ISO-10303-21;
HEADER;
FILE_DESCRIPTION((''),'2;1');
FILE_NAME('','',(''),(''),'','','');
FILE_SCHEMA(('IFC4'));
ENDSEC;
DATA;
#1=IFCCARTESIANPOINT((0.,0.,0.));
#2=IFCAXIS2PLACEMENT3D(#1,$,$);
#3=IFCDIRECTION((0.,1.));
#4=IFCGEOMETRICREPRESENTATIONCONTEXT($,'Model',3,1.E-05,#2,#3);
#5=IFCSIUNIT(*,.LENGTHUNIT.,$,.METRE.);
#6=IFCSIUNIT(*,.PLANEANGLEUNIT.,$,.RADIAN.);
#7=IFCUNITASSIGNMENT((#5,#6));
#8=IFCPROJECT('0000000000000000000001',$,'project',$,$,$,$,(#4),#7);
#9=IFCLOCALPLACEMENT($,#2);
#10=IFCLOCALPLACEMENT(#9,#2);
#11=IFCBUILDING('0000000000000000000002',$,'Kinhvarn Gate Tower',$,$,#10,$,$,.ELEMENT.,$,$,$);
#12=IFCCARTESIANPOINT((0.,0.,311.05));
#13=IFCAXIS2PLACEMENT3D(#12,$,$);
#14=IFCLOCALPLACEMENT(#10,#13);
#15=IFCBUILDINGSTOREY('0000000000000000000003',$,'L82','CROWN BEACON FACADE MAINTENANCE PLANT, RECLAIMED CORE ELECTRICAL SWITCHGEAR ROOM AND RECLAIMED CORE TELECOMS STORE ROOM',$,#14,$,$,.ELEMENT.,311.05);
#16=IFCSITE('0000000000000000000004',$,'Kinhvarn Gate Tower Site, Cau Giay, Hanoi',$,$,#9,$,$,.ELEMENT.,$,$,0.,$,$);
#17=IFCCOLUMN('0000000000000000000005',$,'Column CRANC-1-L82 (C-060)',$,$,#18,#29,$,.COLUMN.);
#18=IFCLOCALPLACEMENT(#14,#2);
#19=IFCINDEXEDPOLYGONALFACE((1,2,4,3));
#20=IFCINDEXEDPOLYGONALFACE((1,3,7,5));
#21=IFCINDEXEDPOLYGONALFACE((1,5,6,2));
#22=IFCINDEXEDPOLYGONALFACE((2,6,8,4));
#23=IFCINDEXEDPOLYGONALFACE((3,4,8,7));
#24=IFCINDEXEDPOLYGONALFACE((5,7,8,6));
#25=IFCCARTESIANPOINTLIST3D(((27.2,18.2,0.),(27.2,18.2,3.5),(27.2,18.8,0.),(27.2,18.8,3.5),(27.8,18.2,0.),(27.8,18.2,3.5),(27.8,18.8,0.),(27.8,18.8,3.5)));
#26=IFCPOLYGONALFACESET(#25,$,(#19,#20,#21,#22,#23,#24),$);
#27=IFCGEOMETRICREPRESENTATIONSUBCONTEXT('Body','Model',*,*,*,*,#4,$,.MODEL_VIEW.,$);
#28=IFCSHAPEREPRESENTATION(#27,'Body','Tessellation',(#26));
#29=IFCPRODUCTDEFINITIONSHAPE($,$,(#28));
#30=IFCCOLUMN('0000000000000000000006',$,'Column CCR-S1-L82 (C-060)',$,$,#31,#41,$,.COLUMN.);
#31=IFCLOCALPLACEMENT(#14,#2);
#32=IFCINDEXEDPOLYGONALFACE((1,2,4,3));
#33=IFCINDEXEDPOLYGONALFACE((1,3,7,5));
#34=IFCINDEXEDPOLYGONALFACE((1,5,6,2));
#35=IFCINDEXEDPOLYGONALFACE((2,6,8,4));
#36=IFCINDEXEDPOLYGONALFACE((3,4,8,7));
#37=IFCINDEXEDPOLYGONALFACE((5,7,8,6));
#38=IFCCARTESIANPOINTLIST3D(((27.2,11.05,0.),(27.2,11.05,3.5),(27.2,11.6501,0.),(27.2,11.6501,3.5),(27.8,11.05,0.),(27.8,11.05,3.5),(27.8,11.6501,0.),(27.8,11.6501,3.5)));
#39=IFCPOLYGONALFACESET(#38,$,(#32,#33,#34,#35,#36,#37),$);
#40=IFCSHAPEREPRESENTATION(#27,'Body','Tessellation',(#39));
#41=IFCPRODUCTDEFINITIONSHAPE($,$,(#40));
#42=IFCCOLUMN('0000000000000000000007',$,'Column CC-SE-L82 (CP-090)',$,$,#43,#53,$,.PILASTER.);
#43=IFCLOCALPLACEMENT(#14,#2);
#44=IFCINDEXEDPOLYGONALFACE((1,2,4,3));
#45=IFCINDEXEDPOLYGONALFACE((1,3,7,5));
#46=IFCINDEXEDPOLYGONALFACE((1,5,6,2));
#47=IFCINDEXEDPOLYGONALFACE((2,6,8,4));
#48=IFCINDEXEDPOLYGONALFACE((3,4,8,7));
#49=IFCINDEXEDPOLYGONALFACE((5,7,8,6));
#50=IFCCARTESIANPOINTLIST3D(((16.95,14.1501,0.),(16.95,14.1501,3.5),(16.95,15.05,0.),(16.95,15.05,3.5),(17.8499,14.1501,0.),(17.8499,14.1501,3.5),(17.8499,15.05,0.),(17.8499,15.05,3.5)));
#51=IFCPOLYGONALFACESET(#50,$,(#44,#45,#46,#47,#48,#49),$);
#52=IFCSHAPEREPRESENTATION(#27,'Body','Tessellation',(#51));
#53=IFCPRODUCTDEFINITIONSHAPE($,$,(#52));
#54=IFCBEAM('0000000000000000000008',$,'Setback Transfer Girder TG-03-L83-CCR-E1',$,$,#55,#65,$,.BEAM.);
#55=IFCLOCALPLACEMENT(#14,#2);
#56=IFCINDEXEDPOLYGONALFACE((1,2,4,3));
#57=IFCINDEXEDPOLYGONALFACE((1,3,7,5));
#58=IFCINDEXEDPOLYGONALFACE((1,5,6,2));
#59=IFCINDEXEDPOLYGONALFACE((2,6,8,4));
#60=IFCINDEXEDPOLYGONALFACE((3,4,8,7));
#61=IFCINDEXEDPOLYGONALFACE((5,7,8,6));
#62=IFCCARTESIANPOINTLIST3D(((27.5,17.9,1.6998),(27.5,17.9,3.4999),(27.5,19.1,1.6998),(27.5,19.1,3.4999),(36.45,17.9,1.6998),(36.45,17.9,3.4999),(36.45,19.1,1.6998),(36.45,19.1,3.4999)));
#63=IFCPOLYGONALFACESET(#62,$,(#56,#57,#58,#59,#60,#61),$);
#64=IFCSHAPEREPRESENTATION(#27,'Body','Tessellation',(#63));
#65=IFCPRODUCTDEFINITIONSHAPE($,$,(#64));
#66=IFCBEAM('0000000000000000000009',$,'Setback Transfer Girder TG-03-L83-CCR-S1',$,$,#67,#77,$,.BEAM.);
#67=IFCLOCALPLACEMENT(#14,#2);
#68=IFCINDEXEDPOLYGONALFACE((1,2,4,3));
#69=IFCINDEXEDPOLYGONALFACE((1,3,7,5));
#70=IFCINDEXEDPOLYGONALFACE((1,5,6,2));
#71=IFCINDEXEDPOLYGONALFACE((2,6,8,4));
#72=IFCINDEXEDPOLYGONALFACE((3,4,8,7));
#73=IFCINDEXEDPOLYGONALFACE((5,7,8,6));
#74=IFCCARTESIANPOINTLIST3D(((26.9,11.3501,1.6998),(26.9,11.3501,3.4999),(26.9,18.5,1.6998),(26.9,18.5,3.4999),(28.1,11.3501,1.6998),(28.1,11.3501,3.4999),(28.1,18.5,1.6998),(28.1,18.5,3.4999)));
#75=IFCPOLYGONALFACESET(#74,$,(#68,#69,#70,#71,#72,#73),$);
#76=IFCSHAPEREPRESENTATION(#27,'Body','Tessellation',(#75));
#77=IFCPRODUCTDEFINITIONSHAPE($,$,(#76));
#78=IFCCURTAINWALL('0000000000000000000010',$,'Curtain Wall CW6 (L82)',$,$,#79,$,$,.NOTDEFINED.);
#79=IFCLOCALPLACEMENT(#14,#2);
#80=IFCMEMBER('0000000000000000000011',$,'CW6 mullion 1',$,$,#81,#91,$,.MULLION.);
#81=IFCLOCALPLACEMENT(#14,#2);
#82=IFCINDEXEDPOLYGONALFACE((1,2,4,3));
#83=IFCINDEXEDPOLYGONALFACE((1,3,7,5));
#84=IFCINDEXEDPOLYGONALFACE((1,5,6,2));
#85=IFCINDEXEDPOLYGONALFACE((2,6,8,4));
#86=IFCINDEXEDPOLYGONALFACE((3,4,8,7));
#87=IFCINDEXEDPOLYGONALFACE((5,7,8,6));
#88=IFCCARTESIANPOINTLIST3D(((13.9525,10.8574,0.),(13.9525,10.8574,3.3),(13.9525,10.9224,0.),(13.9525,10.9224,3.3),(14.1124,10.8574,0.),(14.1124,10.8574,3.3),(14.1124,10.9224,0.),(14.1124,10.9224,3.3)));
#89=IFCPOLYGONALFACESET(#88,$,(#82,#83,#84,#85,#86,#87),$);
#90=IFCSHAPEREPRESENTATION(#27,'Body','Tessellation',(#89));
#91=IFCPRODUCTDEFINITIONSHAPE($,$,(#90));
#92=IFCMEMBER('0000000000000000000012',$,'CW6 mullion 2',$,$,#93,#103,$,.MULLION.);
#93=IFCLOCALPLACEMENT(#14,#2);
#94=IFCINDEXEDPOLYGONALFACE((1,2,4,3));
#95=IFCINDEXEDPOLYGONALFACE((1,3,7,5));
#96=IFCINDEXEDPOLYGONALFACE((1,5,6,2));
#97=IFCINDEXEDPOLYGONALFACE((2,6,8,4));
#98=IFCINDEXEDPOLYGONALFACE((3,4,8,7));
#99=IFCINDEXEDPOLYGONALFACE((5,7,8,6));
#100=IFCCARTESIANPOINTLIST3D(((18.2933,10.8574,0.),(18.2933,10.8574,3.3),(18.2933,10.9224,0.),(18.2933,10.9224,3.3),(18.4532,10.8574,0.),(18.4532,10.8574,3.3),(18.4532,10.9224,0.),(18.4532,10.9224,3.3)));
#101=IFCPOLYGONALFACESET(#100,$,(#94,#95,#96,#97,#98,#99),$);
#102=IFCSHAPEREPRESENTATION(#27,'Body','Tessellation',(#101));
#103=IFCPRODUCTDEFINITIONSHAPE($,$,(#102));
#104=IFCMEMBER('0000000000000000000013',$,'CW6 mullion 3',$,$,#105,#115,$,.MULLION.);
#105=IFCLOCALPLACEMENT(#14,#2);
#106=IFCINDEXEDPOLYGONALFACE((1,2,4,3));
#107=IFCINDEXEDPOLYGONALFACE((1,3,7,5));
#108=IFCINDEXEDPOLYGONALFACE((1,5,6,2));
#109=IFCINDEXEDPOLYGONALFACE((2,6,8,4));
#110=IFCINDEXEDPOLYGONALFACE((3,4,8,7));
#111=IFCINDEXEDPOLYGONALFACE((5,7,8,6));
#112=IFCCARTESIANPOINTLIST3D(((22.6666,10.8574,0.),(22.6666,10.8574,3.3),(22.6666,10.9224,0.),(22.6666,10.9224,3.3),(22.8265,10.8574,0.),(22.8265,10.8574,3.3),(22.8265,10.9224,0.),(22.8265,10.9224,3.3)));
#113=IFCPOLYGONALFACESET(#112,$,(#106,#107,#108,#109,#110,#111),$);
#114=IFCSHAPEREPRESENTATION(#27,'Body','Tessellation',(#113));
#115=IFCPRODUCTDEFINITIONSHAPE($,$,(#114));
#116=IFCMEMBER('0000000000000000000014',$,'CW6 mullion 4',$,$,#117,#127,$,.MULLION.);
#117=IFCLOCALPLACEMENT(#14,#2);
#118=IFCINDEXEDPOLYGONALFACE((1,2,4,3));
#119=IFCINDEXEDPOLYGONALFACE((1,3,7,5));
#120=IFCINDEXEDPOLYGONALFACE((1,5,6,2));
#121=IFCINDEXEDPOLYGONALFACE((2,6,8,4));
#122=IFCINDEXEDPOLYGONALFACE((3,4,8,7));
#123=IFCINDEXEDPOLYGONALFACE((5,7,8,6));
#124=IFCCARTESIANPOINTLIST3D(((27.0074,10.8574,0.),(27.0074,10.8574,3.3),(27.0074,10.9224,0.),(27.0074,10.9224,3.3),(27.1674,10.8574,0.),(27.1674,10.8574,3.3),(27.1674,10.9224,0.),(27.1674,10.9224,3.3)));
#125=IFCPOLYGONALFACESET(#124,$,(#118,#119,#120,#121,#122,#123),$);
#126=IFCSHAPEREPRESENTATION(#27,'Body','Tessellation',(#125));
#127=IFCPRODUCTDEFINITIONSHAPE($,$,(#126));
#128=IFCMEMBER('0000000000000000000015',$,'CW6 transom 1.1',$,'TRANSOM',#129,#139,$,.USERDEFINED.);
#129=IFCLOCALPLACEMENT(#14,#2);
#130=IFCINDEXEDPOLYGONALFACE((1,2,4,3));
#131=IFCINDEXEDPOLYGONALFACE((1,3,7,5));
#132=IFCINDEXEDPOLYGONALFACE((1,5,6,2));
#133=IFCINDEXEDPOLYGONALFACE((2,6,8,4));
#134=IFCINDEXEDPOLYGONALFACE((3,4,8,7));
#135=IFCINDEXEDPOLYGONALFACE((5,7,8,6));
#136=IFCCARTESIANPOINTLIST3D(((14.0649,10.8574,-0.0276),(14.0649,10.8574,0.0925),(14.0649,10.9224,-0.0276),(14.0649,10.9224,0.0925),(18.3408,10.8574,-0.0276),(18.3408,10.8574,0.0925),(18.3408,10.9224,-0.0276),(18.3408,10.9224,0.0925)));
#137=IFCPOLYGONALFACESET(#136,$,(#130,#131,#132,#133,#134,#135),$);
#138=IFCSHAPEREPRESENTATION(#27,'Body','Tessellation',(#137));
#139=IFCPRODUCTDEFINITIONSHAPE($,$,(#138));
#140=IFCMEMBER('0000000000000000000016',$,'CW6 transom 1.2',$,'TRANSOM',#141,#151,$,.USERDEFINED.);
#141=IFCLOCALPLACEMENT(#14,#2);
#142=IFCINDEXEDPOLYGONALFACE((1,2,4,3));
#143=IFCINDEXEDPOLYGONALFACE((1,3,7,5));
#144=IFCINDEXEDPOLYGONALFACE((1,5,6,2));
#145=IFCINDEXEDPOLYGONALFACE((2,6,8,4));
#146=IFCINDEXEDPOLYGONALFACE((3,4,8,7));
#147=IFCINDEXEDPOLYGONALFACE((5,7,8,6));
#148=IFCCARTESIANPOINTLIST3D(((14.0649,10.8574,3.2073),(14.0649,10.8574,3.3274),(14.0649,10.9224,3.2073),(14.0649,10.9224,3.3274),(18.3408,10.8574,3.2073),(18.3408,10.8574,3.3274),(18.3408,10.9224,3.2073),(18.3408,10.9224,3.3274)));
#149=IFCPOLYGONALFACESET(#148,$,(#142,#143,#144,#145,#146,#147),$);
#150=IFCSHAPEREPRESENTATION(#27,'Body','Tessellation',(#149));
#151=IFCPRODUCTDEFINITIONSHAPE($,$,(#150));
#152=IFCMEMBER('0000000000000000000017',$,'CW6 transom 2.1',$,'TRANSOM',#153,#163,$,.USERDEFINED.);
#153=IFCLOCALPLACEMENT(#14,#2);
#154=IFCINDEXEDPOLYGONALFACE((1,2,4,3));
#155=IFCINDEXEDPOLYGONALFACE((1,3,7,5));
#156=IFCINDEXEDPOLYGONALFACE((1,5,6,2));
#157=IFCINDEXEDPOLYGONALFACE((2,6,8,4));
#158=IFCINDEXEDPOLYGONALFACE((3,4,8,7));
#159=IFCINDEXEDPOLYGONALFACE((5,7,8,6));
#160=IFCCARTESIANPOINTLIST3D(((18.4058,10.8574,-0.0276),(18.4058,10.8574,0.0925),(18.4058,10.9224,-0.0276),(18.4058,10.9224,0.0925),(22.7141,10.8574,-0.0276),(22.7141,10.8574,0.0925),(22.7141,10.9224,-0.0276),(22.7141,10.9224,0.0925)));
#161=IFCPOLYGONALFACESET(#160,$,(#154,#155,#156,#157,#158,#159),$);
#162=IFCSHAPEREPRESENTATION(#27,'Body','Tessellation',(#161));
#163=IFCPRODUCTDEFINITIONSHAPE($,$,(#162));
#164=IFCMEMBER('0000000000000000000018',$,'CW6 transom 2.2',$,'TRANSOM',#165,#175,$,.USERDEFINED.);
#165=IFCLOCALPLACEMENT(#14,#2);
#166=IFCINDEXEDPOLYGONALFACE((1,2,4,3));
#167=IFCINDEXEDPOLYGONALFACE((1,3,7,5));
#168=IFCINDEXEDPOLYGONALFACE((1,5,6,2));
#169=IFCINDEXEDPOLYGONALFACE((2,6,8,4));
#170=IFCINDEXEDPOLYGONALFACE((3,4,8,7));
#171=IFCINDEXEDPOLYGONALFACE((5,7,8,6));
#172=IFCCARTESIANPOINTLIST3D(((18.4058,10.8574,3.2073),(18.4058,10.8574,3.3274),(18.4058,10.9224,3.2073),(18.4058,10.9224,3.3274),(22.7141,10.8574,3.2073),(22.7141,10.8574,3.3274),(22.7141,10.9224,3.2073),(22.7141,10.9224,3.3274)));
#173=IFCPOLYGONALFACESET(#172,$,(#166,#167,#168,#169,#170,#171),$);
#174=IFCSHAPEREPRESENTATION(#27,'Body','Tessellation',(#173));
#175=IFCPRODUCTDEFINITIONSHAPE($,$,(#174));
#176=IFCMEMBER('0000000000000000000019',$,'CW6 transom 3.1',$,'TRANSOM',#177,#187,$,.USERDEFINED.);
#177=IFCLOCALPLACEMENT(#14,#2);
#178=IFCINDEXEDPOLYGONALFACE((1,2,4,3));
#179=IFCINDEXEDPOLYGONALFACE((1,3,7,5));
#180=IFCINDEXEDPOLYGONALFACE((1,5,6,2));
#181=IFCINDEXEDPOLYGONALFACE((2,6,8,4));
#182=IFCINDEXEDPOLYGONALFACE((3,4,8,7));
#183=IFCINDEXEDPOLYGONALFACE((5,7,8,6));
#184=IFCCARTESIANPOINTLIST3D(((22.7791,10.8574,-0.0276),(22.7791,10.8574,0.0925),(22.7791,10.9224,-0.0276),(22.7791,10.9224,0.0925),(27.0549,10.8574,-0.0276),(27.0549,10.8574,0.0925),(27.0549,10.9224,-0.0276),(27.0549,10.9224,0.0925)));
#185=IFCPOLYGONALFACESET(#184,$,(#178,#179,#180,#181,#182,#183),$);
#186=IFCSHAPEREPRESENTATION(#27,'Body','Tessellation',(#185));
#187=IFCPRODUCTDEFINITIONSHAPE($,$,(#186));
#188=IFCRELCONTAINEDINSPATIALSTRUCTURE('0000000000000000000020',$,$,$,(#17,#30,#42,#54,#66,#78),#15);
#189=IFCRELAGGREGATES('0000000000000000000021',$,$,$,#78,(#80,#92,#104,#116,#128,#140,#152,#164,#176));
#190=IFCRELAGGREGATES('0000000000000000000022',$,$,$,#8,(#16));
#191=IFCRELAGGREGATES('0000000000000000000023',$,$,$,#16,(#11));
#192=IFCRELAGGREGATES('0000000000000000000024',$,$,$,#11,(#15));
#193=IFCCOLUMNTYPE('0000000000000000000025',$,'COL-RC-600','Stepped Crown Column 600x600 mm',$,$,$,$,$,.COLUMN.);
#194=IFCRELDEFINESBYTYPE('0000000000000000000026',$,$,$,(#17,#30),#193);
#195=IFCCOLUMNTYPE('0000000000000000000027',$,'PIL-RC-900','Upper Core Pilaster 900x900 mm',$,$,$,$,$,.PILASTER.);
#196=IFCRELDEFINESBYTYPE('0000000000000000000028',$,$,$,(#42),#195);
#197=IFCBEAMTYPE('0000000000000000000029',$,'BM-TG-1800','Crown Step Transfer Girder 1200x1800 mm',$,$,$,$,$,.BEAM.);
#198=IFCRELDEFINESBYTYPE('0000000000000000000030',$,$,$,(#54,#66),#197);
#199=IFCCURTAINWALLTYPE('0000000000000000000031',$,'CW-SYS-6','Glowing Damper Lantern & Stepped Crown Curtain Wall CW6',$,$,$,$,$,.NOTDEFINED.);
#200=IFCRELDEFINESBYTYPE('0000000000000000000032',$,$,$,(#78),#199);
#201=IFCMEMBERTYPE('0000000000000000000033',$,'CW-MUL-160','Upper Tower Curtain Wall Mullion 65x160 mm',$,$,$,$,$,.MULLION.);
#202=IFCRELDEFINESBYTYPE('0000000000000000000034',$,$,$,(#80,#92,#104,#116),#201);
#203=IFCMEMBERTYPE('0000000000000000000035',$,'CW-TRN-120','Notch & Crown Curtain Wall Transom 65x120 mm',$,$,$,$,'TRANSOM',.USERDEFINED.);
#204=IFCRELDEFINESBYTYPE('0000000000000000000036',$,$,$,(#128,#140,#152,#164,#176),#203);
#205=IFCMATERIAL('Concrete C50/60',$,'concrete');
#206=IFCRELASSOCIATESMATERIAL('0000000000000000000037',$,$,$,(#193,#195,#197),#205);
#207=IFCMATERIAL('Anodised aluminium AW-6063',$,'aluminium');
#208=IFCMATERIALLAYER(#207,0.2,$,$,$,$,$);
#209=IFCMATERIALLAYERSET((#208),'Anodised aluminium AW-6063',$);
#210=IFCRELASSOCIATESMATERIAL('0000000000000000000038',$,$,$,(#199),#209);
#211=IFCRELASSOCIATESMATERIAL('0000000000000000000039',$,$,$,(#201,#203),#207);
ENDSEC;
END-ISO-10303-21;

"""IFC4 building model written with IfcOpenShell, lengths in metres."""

from ifc_helpers import new_model, si_unit, direction, frame, origin, origin_2d, place, context, subcontext, project, spatial, rectangle, extrude, material, layer, layer_set, material_profile, profile_set, type_object, element, aggregate, save


model = new_model("IFC4")

# Units and contexts
model_context = context("Model", 3, precision=1e-05, world=origin(), true_north=direction((0.0, 1.0)))
body_context = subcontext(model_context, "Body", "Model", "MODEL_VIEW")
ifc_project = project(units=[si_unit("LENGTHUNIT", "METRE"), si_unit("PLANEANGLEUNIT", "RADIAN")], contexts=[model_context])

# Site, building, storey
site_placement = place(None, origin())
site = spatial("IfcSite", under=ifc_project, at=site_placement, Name="Kinhvarn Gate Tower Site, Cau Giay, Hanoi", CompositionType="ELEMENT", RefElevation=0.0)
building_placement = place(site_placement, origin())
building = spatial("IfcBuilding", under=site, at=building_placement, Name="Kinhvarn Gate Tower", CompositionType="ELEMENT")
storey_placement = place(building_placement, frame((0.0, 0.0, 311.05)))
storey = spatial("IfcBuildingStorey", under=building, at=storey_placement, Name="L82", Description="CROWN BEACON FACADE MAINTENANCE PLANT, RECLAIMED CORE ELECTRICAL SWITCHGEAR ROOM AND RECLAIMED CORE TELECOMS STORE ROOM", CompositionType="ELEMENT", Elevation=311.05)

# Columns
ifc_material_1 = material(Name="Concrete C50/60", Category="concrete")
ifc_material_profile_1 = material_profile(ifc_material_1, rectangle(XDim=0.6001, YDim=0.6001, at=origin_2d()), Name="RC 600x600")
ifc_profile_set_1 = profile_set([ifc_material_profile_1], Name="Concrete C50/60")
column_type_1 = type_object("IfcColumnType", Name="COL-RC-600", Description="Stepped Crown Column 600x600 mm", PredefinedType="COLUMN", material=ifc_profile_set_1)
for number, where, z_axis, x_axis, name in (
    (1, (27.5, 18.5, 0.0), (0.0, 0.0, 1.0), (1.0, 0.0, 0.0), "Column CRANC-1-L82 (C-060)"),
    (2, (27.5, 11.3501, 0.0), (0.0, 0.0, 1.0), (1.0, 0.0, 0.0), "Column CCR-S1-L82 (C-060)"),
):
    element("IfcColumn", number, at=place(storey_placement, frame(where, z_axis=z_axis, x_axis=x_axis)), inside=storey, type_object=column_type_1, Name=name, PredefinedType="COLUMN", context=body_context, shape_type="SweptSolid", body=[
        extrude(rectangle(XDim=0.6001, YDim=0.6001, at=origin_2d()), origin(), (0.0, 0.0, 1.0), 3.5),
    ])
ifc_material_profile_2 = material_profile(ifc_material_1, rectangle(XDim=0.8999, YDim=0.8999, at=origin_2d()), Name="RC 900x900")
ifc_profile_set_2 = profile_set([ifc_material_profile_2], Name="Concrete C50/60")
column_type_2 = type_object("IfcColumnType", Name="PIL-RC-900", Description="Upper Core Pilaster 900x900 mm", PredefinedType="PILASTER", material=ifc_profile_set_2)
column_placement = place(storey_placement, frame((17.3999, 14.6001, 0.0), z_axis=(0.0, 0.0, 1.0), x_axis=(1.0, 0.0, 0.0)))
element("IfcColumn", 3, at=column_placement, inside=storey, type_object=column_type_2, Name="Column CC-SE-L82 (CP-090)", PredefinedType="PILASTER", context=body_context, shape_type="SweptSolid", body=[
    extrude(rectangle(XDim=0.8999, YDim=0.8999, at=origin_2d()), origin(), (0.0, 0.0, 1.0), 3.5),
])

# Beams
ifc_material_profile_3 = material_profile(ifc_material_1, rectangle(XDim=1.2, YDim=1.8, at=origin_2d()), Name="RC 1200x1800")
ifc_profile_set_3 = profile_set([ifc_material_profile_3], Name="Concrete C50/60")
beam_type_1 = type_object("IfcBeamType", Name="BM-TG-1800", Description="Crown Step Transfer Girder 1200x1800 mm", PredefinedType="BEAM", material=ifc_profile_set_3)
beam_1_placement = place(storey_placement, frame((27.5, 18.5, 2.5999), z_axis=(1.0, 0.0, 0.0), x_axis=(0.0, 1.0, 0.0)))
element("IfcBeam", 4, at=beam_1_placement, inside=storey, type_object=beam_type_1, Name="Setback Transfer Girder TG-03-L83-CCR-E1", PredefinedType="BEAM", context=body_context, shape_type="SweptSolid", body=[
    extrude(rectangle(XDim=1.2, YDim=1.8, at=origin_2d()), origin(), (0.0, 0.0, 1.0), 8.95),
])
beam_2_placement = place(storey_placement, frame((27.5, 11.3501, 2.5999), z_axis=(0.0, 1.0, 0.0), x_axis=(-1.0, 0.0, 0.0)))
element("IfcBeam", 5, at=beam_2_placement, inside=storey, type_object=beam_type_1, Name="Setback Transfer Girder TG-03-L83-CCR-S1", PredefinedType="BEAM", context=body_context, shape_type="SweptSolid", body=[
    extrude(rectangle(XDim=1.2, YDim=1.8, at=origin_2d()), origin(), (0.0, 0.0, 1.0), 7.1499),
])

# Curtain wall, members
ifc_material_2 = material(Name="Anodised aluminium AW-6063", Category="aluminium")
ifc_layer_1 = layer(ifc_material_2, 0.2)
ifc_layer_set_1 = layer_set([ifc_layer_1], Name="Anodised aluminium AW-6063")
curtain_wall_type = type_object("IfcCurtainWallType", Name="CW-SYS-6", Description="Glowing Damper Lantern & Stepped Crown Curtain Wall CW6", PredefinedType="NOTDEFINED", material=ifc_layer_set_1)
curtain_wall_placement = place(storey_placement, origin())
curtain_wall = element("IfcCurtainWall", 6, at=curtain_wall_placement, inside=storey, type_object=curtain_wall_type, Name="Curtain Wall CW6 (L82)", PredefinedType="NOTDEFINED")
ifc_material_profile_4 = material_profile(ifc_material_2, rectangle(XDim=0.0649, YDim=0.1599, at=origin_2d()), Name="ALU 65x160")
ifc_profile_set_4 = profile_set([ifc_material_profile_4], Name="Anodised aluminium AW-6063")
member_type_1 = type_object("IfcMemberType", Name="CW-MUL-160", Description="Upper Tower Curtain Wall Mullion 65x160 mm", PredefinedType="MULLION", material=ifc_profile_set_4)
member_1_placement = place(storey_placement, frame((14.0325, 10.8899, 0.0), z_axis=(0.0, 0.0, 1.0), x_axis=(0.0, 1.0, 0.0)))
member_1 = element("IfcMember", 7, at=member_1_placement, type_object=member_type_1, Name="CW6 mullion 1", PredefinedType="MULLION", context=body_context, shape_type="SweptSolid", body=[
    extrude(rectangle(XDim=0.0649, YDim=0.1599, at=origin_2d()), origin(), (0.0, 0.0, 1.0), 3.3),
])
member_2_placement = place(storey_placement, frame((18.3733, 10.8899, 0.0), z_axis=(0.0, 0.0, 1.0), x_axis=(0.0, 1.0, 0.0)))
member_2 = element("IfcMember", 8, at=member_2_placement, type_object=member_type_1, Name="CW6 mullion 2", PredefinedType="MULLION", context=body_context, shape_type="SweptSolid", body=[
    extrude(rectangle(XDim=0.0649, YDim=0.1599, at=origin_2d()), origin(), (0.0, 0.0, 1.0), 3.3),
])
member_3_placement = place(storey_placement, frame((22.7466, 10.8899, 0.0), z_axis=(0.0, 0.0, 1.0), x_axis=(0.0, 1.0, 0.0)))
member_3 = element("IfcMember", 9, at=member_3_placement, type_object=member_type_1, Name="CW6 mullion 3", PredefinedType="MULLION", context=body_context, shape_type="SweptSolid", body=[
    extrude(rectangle(XDim=0.0649, YDim=0.1599, at=origin_2d()), origin(), (0.0, 0.0, 1.0), 3.3),
])
member_4_placement = place(storey_placement, frame((27.0874, 10.8899, 0.0), z_axis=(0.0, 0.0, 1.0), x_axis=(0.0, 1.0, 0.0)))
member_4 = element("IfcMember", 10, at=member_4_placement, type_object=member_type_1, Name="CW6 mullion 4", PredefinedType="MULLION", context=body_context, shape_type="SweptSolid", body=[
    extrude(rectangle(XDim=0.0649, YDim=0.1599, at=origin_2d()), origin(), (0.0, 0.0, 1.0), 3.3),
])
ifc_material_profile_5 = material_profile(ifc_material_2, rectangle(XDim=0.0649, YDim=0.1201, at=origin_2d()), Name="ALU 65x120")
ifc_profile_set_5 = profile_set([ifc_material_profile_5], Name="Anodised aluminium AW-6063")
member_type_2 = type_object("IfcMemberType", Name="CW-TRN-120", Description="Notch & Crown Curtain Wall Transom 65x120 mm", ElementType="TRANSOM", PredefinedType="USERDEFINED", material=ifc_profile_set_5)
member_5_placement = place(storey_placement, frame((14.0649, 10.8899, 0.0325), z_axis=(1.0, 0.0, 0.0), x_axis=(0.0, 1.0, 0.0)))
member_5 = element("IfcMember", 11, at=member_5_placement, type_object=member_type_2, Name="CW6 transom 1.1", ObjectType="TRANSOM", PredefinedType="USERDEFINED", context=body_context, shape_type="SweptSolid", body=[
    extrude(rectangle(XDim=0.0649, YDim=0.1201, at=origin_2d()), origin(), (0.0, 0.0, 1.0), 4.2759),
])
member_6_placement = place(storey_placement, frame((14.0649, 10.8899, 3.2673), z_axis=(1.0, 0.0, 0.0), x_axis=(0.0, 1.0, 0.0)))
member_6 = element("IfcMember", 12, at=member_6_placement, type_object=member_type_2, Name="CW6 transom 1.2", ObjectType="TRANSOM", PredefinedType="USERDEFINED", context=body_context, shape_type="SweptSolid", body=[
    extrude(rectangle(XDim=0.0649, YDim=0.1201, at=origin_2d()), origin(), (0.0, 0.0, 1.0), 4.2759),
])
member_7_placement = place(storey_placement, frame((18.4058, 10.8899, 0.0325), z_axis=(1.0, 0.0, 0.0), x_axis=(0.0, 1.0, 0.0)))
member_7 = element("IfcMember", 13, at=member_7_placement, type_object=member_type_2, Name="CW6 transom 2.1", ObjectType="TRANSOM", PredefinedType="USERDEFINED", context=body_context, shape_type="SweptSolid", body=[
    extrude(rectangle(XDim=0.0649, YDim=0.1201, at=origin_2d()), origin(), (0.0, 0.0, 1.0), 4.3083),
])
member_8_placement = place(storey_placement, frame((18.4058, 10.8899, 3.2673), z_axis=(1.0, 0.0, 0.0), x_axis=(0.0, 1.0, 0.0)))
member_8 = element("IfcMember", 14, at=member_8_placement, type_object=member_type_2, Name="CW6 transom 2.2", ObjectType="TRANSOM", PredefinedType="USERDEFINED", context=body_context, shape_type="SweptSolid", body=[
    extrude(rectangle(XDim=0.0649, YDim=0.1201, at=origin_2d()), origin(), (0.0, 0.0, 1.0), 4.3083),
])
member_9_placement = place(storey_placement, frame((22.7791, 10.8899, 0.0325), z_axis=(1.0, 0.0, 0.0), x_axis=(0.0, 1.0, 0.0)))
member_9 = element("IfcMember", 15, at=member_9_placement, type_object=member_type_2, Name="CW6 transom 3.1", ObjectType="TRANSOM", PredefinedType="USERDEFINED", context=body_context, shape_type="SweptSolid", body=[
    extrude(rectangle(XDim=0.0649, YDim=0.1201, at=origin_2d()), origin(), (0.0, 0.0, 1.0), 4.2759),
])

aggregate(curtain_wall, [member_1, member_2, member_3, member_4, member_5, member_6, member_7, member_8, member_9])

save(model, "model.ifc")
